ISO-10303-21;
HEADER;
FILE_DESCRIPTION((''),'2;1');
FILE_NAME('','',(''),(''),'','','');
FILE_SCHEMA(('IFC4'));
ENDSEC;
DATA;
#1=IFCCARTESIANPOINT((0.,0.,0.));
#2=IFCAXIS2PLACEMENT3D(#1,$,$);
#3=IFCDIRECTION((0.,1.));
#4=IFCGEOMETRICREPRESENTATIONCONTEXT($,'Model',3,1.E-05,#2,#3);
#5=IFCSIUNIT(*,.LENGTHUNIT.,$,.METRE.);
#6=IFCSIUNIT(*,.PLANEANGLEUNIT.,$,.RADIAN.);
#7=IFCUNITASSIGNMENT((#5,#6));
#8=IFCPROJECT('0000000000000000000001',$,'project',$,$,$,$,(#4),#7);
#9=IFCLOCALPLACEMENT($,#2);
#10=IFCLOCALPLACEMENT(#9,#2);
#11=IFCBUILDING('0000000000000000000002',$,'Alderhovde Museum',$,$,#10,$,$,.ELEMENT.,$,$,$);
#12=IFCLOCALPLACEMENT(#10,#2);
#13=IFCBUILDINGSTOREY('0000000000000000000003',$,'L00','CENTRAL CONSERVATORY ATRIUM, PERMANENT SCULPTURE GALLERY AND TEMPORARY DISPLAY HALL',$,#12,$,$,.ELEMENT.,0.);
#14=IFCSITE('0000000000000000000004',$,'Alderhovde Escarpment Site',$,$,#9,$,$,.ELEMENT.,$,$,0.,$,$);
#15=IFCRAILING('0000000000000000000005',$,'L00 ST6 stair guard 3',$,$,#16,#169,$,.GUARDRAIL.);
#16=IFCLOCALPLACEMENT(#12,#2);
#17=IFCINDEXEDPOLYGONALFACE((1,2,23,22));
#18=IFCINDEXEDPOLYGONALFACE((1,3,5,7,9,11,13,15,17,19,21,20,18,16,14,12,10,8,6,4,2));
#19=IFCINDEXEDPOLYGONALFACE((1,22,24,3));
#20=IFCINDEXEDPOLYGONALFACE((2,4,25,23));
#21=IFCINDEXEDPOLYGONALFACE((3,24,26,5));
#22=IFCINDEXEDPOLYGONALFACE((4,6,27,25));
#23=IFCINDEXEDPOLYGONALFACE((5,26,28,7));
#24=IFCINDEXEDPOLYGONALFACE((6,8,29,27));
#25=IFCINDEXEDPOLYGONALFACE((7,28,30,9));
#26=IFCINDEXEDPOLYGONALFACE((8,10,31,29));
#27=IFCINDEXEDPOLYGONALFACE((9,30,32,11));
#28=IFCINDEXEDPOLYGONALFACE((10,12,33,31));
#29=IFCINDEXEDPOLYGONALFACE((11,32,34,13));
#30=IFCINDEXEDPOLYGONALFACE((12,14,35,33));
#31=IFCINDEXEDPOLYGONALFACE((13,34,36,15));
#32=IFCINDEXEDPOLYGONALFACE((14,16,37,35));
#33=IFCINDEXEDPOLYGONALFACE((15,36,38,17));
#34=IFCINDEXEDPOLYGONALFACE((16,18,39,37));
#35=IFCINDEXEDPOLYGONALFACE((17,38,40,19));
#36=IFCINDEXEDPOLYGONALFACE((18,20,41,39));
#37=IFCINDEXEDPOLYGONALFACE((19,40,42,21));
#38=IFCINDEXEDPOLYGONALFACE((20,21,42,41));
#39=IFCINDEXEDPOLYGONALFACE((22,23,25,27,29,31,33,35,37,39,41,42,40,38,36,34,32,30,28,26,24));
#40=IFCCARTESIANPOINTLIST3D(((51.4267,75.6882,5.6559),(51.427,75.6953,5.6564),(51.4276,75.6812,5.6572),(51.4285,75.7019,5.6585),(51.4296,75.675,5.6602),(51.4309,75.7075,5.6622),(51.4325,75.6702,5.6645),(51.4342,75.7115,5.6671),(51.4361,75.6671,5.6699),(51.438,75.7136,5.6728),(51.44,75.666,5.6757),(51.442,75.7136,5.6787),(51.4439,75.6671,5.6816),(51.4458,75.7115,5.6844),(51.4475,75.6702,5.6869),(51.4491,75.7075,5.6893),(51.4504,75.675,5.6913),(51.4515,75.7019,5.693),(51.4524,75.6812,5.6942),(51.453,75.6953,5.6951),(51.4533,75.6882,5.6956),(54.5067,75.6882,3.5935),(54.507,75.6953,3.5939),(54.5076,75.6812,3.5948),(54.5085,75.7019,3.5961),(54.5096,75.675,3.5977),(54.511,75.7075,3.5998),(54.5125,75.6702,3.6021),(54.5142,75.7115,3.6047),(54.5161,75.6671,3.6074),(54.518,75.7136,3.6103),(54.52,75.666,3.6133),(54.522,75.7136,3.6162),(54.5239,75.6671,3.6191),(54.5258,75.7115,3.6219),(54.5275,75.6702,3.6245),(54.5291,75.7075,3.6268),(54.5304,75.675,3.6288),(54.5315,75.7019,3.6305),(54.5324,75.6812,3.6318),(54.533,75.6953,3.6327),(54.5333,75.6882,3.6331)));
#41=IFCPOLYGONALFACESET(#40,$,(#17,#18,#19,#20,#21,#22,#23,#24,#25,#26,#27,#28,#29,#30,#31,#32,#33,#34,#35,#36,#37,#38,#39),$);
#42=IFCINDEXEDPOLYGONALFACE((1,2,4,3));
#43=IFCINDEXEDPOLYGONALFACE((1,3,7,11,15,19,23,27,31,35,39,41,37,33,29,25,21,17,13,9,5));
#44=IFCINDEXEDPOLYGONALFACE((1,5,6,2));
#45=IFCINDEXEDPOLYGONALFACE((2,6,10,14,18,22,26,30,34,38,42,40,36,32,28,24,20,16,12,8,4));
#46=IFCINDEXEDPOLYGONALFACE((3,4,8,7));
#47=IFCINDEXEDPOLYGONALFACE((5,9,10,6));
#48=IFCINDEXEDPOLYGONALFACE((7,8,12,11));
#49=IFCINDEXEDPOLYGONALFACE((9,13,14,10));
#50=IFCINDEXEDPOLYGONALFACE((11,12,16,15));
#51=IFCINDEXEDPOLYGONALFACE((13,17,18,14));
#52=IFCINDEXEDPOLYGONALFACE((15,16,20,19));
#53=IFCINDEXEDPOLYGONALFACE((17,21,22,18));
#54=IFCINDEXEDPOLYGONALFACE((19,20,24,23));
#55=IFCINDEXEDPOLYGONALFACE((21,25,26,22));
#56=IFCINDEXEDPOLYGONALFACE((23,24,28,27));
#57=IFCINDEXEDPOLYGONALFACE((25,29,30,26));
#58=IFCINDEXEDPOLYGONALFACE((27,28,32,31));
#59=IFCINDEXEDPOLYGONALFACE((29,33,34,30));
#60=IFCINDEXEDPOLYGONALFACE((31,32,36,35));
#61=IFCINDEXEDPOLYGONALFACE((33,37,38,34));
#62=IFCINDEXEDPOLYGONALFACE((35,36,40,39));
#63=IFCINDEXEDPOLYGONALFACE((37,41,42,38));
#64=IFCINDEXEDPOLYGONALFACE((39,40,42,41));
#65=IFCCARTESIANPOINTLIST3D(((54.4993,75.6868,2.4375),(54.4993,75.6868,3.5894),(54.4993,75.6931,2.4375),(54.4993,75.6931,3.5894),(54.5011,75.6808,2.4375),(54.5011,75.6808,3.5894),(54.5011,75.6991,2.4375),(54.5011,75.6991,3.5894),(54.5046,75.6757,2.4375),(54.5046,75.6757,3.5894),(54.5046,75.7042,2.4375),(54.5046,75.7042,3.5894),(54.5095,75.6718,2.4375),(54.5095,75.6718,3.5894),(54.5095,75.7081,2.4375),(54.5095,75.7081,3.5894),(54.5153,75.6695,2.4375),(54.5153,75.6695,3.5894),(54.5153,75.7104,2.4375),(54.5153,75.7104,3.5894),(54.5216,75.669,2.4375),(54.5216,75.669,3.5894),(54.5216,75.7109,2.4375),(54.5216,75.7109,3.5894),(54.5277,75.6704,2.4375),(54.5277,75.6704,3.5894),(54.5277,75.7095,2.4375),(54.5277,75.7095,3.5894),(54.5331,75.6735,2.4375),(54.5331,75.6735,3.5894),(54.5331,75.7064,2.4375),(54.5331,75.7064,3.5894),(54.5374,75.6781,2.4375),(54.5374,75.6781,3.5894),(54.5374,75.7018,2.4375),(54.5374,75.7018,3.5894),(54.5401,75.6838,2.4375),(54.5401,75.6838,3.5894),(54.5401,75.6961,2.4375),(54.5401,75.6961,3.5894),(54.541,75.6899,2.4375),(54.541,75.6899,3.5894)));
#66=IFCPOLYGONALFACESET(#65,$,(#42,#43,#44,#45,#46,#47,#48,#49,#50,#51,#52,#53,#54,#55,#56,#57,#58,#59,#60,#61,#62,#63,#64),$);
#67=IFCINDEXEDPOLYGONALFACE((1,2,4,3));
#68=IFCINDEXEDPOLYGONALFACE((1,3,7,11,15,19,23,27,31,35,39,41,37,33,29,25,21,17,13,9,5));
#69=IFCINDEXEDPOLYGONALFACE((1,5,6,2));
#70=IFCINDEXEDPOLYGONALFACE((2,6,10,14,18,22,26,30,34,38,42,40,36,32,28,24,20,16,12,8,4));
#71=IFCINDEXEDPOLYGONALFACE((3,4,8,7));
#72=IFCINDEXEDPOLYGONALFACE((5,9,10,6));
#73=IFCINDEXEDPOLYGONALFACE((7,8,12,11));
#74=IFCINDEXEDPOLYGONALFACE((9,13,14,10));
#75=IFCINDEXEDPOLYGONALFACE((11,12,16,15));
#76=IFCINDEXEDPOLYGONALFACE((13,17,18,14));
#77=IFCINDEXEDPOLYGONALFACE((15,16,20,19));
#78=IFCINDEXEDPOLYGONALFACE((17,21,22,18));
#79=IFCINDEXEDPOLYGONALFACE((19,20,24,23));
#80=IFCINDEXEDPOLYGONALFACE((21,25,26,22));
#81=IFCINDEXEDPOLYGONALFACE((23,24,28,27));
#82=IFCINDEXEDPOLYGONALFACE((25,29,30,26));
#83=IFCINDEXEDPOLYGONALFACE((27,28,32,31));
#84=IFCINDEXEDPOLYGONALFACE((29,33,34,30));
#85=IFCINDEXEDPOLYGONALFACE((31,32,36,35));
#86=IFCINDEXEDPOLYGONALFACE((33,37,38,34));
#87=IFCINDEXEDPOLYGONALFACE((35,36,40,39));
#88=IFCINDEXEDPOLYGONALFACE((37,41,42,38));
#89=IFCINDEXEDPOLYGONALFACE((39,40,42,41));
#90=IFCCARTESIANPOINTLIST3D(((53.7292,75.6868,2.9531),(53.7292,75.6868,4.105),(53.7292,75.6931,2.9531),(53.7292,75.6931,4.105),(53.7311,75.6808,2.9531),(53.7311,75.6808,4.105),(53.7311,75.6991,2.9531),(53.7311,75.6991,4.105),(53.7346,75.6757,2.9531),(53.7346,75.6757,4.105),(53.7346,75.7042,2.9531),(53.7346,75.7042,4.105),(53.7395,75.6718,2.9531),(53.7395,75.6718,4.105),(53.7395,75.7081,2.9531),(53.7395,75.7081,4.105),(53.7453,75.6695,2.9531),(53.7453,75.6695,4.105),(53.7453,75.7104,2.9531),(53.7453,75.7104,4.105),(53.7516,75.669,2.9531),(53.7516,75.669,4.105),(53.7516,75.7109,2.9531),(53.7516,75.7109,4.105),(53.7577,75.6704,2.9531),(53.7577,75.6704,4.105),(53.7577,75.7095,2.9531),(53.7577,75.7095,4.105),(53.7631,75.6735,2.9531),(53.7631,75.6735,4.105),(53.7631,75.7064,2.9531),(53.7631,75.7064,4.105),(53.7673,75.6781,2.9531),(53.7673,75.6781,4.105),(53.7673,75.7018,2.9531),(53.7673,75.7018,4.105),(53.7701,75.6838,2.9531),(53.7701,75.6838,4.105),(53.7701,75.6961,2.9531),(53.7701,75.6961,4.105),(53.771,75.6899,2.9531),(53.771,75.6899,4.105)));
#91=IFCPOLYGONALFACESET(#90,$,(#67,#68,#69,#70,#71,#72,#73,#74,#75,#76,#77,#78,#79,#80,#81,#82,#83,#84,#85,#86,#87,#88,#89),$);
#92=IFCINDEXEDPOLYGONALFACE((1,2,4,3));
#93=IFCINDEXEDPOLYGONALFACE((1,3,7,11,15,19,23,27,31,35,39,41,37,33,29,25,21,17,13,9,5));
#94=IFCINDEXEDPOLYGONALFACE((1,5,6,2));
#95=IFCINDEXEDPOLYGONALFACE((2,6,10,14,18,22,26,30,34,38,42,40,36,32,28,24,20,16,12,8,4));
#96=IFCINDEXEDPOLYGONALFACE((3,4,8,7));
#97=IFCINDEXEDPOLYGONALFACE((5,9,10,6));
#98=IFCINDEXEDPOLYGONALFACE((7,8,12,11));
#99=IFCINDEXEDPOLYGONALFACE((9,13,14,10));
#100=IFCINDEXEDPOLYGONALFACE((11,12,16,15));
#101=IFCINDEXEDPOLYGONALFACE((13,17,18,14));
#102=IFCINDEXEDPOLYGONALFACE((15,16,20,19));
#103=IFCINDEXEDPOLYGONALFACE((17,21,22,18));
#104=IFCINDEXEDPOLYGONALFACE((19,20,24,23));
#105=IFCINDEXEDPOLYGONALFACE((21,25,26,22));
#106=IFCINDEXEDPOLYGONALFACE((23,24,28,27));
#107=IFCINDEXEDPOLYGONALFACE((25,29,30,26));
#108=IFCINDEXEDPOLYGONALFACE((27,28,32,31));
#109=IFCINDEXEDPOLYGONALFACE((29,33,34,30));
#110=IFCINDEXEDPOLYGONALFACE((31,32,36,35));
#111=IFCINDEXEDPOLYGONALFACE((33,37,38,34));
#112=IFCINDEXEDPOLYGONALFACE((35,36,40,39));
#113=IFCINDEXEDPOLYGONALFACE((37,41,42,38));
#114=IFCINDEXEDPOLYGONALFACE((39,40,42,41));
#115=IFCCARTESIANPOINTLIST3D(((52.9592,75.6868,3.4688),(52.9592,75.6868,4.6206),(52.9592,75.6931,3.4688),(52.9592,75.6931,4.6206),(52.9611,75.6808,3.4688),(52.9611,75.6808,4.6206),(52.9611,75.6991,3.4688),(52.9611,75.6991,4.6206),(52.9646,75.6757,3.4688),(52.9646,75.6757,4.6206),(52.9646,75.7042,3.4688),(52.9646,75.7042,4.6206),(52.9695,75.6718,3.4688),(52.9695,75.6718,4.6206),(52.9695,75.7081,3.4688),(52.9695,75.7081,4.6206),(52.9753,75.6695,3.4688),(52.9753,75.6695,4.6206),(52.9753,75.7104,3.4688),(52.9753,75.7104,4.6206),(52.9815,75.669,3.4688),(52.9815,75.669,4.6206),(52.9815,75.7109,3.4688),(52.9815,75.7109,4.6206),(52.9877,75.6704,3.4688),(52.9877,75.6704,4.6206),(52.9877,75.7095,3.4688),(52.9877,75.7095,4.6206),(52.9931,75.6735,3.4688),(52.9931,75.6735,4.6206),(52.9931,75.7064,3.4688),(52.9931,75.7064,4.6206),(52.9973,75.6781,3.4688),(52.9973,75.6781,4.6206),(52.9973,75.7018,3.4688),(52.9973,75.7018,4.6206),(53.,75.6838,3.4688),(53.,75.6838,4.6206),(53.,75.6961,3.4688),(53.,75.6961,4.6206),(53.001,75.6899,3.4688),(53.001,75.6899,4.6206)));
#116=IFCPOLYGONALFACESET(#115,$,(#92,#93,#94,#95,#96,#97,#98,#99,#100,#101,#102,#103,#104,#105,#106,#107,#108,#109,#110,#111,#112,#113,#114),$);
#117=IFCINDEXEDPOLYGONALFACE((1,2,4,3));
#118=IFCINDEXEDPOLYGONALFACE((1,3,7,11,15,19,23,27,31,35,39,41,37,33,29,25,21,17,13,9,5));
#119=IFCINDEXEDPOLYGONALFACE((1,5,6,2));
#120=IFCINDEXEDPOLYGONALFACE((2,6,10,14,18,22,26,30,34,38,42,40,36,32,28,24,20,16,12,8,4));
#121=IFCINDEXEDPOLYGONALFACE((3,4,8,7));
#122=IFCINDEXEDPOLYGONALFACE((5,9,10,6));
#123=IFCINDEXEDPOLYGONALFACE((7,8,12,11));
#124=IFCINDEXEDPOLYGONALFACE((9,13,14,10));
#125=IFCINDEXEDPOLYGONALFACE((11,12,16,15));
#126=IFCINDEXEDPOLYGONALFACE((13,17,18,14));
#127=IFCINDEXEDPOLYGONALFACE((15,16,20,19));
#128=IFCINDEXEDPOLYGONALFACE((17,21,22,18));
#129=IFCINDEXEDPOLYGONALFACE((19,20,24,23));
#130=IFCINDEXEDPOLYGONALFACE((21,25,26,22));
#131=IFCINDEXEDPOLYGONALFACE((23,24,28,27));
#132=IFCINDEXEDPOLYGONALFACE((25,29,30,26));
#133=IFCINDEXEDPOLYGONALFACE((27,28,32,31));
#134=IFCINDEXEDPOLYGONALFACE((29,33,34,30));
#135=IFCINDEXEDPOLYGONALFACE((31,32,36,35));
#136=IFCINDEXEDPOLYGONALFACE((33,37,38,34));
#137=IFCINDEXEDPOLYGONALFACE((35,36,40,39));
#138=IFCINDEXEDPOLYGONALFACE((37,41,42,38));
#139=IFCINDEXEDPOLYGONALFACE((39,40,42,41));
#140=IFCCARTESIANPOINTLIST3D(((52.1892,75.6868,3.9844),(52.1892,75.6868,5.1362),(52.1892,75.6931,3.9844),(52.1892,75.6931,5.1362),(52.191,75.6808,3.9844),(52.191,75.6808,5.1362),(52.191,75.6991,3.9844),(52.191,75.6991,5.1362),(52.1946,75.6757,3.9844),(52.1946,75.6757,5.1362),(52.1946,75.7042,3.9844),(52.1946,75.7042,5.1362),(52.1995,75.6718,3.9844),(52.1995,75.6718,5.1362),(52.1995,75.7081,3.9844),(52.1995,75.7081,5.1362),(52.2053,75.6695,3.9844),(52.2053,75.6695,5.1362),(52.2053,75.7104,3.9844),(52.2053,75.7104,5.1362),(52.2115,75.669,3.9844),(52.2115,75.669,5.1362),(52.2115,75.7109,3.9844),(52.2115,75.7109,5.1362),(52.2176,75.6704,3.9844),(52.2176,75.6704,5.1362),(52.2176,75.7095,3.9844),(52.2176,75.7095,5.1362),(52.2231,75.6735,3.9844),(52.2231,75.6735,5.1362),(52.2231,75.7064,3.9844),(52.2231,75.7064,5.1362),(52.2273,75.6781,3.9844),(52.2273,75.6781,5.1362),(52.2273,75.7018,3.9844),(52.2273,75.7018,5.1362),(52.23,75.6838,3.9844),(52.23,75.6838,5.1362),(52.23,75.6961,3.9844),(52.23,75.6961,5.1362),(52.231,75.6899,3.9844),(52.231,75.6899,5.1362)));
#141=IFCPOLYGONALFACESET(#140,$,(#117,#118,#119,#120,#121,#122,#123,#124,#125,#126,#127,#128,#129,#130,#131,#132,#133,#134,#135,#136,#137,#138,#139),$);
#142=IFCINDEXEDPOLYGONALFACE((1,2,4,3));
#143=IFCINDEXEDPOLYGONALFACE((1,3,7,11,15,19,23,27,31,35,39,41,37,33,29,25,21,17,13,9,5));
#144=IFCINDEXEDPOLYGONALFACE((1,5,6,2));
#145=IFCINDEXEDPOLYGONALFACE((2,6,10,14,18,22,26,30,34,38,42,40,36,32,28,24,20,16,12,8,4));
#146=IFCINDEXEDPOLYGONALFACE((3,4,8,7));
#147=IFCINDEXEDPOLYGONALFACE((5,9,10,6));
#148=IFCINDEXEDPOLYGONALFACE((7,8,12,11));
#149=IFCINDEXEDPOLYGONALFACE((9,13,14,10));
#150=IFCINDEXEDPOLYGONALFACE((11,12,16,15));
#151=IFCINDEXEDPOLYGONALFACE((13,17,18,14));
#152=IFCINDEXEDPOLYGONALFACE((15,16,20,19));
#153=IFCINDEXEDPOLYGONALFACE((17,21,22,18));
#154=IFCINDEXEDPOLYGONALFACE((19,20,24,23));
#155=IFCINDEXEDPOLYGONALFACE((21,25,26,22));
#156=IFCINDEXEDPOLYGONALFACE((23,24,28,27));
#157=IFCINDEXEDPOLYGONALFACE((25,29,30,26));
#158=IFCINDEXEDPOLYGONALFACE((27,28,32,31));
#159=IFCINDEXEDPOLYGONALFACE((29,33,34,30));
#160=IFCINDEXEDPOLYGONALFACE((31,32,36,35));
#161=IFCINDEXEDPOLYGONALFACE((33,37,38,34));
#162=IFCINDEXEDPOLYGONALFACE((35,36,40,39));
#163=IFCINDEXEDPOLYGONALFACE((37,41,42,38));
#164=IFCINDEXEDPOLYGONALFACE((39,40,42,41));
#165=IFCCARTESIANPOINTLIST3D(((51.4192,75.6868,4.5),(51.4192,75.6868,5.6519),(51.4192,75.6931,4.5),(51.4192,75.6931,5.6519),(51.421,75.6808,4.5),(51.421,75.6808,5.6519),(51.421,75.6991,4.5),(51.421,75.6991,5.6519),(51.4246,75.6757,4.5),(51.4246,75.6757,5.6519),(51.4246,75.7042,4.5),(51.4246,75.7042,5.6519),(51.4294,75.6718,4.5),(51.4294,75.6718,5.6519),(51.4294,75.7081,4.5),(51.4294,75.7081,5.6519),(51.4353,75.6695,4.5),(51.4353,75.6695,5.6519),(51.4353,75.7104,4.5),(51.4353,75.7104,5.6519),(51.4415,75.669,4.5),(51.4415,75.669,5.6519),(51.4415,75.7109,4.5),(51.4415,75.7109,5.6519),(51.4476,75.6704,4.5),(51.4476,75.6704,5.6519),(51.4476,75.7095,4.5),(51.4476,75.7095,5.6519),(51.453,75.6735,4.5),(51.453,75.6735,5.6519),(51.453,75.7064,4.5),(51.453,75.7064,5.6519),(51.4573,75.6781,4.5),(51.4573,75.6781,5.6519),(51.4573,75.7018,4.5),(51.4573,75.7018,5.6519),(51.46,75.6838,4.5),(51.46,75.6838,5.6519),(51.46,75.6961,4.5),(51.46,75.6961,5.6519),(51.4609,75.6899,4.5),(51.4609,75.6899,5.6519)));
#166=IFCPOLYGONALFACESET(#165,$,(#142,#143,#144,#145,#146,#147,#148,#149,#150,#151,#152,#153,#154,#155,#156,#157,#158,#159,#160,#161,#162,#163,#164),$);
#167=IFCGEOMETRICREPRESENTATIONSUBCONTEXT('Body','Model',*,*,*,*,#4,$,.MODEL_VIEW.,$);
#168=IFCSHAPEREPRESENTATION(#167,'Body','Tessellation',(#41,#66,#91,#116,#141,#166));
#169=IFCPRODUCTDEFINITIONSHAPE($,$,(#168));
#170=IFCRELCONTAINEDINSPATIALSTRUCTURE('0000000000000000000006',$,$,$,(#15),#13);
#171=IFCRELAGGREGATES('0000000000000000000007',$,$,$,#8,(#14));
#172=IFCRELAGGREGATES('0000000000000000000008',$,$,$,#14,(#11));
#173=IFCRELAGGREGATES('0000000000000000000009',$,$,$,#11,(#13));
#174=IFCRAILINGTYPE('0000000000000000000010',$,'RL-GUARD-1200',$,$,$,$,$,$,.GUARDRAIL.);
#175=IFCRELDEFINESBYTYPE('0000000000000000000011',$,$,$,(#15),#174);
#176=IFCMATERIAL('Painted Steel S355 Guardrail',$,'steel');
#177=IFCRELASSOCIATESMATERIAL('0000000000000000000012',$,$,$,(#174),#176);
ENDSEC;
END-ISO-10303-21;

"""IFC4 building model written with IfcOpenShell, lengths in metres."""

from ifc_helpers import new_model, si_unit, direction, frame, origin, origin_2d, place, context, subcontext, project, spatial, circle, extrude, material, type_object, element, save


model = new_model("IFC4")

# Units and contexts
model_context = context("Model", 3, precision=1e-05, world=origin(), true_north=direction((0.0, 1.0)))
body_context = subcontext(model_context, "Body", "Model", "MODEL_VIEW")
ifc_project = project(units=[si_unit("LENGTHUNIT", "METRE"), si_unit("PLANEANGLEUNIT", "RADIAN")], contexts=[model_context])

# Site, building, storey
site_placement = place(None, origin())
site = spatial("IfcSite", under=ifc_project, at=site_placement, Name="Alderhovde Escarpment Site", CompositionType="ELEMENT", RefElevation=0.0)
building_placement = place(site_placement, origin())
building = spatial("IfcBuilding", under=site, at=building_placement, Name="Alderhovde Museum", CompositionType="ELEMENT")
storey_placement = place(building_placement, origin())
storey = spatial("IfcBuildingStorey", under=building, at=storey_placement, Name="L00", Description="CENTRAL CONSERVATORY ATRIUM, PERMANENT SCULPTURE GALLERY AND TEMPORARY DISPLAY HALL", CompositionType="ELEMENT", Elevation=0.0)

# Railing
ifc_material_1 = material(Name="Painted Steel S355 Guardrail", Category="steel")
railing_type_1 = type_object("IfcRailingType", Name="RL-GUARD-1200", PredefinedType="GUARDRAIL", material=ifc_material_1)
railing_1_placement = place(storey_placement, frame((54.52, 75.6899, 2.4375)))
element("IfcRailing", 1, at=railing_1_placement, inside=storey, type_object=railing_type_1, Name="L00 ST6 stair guard 3", PredefinedType="GUARDRAIL", context=body_context, shape_type="SweptSolid", body=[
    extrude(circle(Radius=0.0239, at=origin_2d()), frame((0.0, 0.0, 1.1758), z_axis=(-0.830914, 0.0, 0.556401), x_axis=(0.0, -1.0, 0.0)), (0.0, 0.0, 1.0), 3.7068),
    extrude(circle(Radius=0.021, at=origin_2d()), origin(), (0.0, 0.0, 1.0), 1.1519),
    extrude(circle(Radius=0.021, at=origin_2d()), frame((-0.77, 0.0, 0.5156)), (0.0, 0.0, 1.0), 1.1519),
    extrude(circle(Radius=0.021, at=origin_2d()), frame((-1.54, 0.0, 1.0312)), (0.0, 0.0, 1.0), 1.1519),
    extrude(circle(Radius=0.021, at=origin_2d()), frame((-2.3101, 0.0, 1.5469)), (0.0, 0.0, 1.0), 1.1519),
    extrude(circle(Radius=0.021, at=origin_2d()), frame((-3.0801, 0.0, 2.0625)), (0.0, 0.0, 1.0), 1.1519),
])

save(model, "model.ifc")
